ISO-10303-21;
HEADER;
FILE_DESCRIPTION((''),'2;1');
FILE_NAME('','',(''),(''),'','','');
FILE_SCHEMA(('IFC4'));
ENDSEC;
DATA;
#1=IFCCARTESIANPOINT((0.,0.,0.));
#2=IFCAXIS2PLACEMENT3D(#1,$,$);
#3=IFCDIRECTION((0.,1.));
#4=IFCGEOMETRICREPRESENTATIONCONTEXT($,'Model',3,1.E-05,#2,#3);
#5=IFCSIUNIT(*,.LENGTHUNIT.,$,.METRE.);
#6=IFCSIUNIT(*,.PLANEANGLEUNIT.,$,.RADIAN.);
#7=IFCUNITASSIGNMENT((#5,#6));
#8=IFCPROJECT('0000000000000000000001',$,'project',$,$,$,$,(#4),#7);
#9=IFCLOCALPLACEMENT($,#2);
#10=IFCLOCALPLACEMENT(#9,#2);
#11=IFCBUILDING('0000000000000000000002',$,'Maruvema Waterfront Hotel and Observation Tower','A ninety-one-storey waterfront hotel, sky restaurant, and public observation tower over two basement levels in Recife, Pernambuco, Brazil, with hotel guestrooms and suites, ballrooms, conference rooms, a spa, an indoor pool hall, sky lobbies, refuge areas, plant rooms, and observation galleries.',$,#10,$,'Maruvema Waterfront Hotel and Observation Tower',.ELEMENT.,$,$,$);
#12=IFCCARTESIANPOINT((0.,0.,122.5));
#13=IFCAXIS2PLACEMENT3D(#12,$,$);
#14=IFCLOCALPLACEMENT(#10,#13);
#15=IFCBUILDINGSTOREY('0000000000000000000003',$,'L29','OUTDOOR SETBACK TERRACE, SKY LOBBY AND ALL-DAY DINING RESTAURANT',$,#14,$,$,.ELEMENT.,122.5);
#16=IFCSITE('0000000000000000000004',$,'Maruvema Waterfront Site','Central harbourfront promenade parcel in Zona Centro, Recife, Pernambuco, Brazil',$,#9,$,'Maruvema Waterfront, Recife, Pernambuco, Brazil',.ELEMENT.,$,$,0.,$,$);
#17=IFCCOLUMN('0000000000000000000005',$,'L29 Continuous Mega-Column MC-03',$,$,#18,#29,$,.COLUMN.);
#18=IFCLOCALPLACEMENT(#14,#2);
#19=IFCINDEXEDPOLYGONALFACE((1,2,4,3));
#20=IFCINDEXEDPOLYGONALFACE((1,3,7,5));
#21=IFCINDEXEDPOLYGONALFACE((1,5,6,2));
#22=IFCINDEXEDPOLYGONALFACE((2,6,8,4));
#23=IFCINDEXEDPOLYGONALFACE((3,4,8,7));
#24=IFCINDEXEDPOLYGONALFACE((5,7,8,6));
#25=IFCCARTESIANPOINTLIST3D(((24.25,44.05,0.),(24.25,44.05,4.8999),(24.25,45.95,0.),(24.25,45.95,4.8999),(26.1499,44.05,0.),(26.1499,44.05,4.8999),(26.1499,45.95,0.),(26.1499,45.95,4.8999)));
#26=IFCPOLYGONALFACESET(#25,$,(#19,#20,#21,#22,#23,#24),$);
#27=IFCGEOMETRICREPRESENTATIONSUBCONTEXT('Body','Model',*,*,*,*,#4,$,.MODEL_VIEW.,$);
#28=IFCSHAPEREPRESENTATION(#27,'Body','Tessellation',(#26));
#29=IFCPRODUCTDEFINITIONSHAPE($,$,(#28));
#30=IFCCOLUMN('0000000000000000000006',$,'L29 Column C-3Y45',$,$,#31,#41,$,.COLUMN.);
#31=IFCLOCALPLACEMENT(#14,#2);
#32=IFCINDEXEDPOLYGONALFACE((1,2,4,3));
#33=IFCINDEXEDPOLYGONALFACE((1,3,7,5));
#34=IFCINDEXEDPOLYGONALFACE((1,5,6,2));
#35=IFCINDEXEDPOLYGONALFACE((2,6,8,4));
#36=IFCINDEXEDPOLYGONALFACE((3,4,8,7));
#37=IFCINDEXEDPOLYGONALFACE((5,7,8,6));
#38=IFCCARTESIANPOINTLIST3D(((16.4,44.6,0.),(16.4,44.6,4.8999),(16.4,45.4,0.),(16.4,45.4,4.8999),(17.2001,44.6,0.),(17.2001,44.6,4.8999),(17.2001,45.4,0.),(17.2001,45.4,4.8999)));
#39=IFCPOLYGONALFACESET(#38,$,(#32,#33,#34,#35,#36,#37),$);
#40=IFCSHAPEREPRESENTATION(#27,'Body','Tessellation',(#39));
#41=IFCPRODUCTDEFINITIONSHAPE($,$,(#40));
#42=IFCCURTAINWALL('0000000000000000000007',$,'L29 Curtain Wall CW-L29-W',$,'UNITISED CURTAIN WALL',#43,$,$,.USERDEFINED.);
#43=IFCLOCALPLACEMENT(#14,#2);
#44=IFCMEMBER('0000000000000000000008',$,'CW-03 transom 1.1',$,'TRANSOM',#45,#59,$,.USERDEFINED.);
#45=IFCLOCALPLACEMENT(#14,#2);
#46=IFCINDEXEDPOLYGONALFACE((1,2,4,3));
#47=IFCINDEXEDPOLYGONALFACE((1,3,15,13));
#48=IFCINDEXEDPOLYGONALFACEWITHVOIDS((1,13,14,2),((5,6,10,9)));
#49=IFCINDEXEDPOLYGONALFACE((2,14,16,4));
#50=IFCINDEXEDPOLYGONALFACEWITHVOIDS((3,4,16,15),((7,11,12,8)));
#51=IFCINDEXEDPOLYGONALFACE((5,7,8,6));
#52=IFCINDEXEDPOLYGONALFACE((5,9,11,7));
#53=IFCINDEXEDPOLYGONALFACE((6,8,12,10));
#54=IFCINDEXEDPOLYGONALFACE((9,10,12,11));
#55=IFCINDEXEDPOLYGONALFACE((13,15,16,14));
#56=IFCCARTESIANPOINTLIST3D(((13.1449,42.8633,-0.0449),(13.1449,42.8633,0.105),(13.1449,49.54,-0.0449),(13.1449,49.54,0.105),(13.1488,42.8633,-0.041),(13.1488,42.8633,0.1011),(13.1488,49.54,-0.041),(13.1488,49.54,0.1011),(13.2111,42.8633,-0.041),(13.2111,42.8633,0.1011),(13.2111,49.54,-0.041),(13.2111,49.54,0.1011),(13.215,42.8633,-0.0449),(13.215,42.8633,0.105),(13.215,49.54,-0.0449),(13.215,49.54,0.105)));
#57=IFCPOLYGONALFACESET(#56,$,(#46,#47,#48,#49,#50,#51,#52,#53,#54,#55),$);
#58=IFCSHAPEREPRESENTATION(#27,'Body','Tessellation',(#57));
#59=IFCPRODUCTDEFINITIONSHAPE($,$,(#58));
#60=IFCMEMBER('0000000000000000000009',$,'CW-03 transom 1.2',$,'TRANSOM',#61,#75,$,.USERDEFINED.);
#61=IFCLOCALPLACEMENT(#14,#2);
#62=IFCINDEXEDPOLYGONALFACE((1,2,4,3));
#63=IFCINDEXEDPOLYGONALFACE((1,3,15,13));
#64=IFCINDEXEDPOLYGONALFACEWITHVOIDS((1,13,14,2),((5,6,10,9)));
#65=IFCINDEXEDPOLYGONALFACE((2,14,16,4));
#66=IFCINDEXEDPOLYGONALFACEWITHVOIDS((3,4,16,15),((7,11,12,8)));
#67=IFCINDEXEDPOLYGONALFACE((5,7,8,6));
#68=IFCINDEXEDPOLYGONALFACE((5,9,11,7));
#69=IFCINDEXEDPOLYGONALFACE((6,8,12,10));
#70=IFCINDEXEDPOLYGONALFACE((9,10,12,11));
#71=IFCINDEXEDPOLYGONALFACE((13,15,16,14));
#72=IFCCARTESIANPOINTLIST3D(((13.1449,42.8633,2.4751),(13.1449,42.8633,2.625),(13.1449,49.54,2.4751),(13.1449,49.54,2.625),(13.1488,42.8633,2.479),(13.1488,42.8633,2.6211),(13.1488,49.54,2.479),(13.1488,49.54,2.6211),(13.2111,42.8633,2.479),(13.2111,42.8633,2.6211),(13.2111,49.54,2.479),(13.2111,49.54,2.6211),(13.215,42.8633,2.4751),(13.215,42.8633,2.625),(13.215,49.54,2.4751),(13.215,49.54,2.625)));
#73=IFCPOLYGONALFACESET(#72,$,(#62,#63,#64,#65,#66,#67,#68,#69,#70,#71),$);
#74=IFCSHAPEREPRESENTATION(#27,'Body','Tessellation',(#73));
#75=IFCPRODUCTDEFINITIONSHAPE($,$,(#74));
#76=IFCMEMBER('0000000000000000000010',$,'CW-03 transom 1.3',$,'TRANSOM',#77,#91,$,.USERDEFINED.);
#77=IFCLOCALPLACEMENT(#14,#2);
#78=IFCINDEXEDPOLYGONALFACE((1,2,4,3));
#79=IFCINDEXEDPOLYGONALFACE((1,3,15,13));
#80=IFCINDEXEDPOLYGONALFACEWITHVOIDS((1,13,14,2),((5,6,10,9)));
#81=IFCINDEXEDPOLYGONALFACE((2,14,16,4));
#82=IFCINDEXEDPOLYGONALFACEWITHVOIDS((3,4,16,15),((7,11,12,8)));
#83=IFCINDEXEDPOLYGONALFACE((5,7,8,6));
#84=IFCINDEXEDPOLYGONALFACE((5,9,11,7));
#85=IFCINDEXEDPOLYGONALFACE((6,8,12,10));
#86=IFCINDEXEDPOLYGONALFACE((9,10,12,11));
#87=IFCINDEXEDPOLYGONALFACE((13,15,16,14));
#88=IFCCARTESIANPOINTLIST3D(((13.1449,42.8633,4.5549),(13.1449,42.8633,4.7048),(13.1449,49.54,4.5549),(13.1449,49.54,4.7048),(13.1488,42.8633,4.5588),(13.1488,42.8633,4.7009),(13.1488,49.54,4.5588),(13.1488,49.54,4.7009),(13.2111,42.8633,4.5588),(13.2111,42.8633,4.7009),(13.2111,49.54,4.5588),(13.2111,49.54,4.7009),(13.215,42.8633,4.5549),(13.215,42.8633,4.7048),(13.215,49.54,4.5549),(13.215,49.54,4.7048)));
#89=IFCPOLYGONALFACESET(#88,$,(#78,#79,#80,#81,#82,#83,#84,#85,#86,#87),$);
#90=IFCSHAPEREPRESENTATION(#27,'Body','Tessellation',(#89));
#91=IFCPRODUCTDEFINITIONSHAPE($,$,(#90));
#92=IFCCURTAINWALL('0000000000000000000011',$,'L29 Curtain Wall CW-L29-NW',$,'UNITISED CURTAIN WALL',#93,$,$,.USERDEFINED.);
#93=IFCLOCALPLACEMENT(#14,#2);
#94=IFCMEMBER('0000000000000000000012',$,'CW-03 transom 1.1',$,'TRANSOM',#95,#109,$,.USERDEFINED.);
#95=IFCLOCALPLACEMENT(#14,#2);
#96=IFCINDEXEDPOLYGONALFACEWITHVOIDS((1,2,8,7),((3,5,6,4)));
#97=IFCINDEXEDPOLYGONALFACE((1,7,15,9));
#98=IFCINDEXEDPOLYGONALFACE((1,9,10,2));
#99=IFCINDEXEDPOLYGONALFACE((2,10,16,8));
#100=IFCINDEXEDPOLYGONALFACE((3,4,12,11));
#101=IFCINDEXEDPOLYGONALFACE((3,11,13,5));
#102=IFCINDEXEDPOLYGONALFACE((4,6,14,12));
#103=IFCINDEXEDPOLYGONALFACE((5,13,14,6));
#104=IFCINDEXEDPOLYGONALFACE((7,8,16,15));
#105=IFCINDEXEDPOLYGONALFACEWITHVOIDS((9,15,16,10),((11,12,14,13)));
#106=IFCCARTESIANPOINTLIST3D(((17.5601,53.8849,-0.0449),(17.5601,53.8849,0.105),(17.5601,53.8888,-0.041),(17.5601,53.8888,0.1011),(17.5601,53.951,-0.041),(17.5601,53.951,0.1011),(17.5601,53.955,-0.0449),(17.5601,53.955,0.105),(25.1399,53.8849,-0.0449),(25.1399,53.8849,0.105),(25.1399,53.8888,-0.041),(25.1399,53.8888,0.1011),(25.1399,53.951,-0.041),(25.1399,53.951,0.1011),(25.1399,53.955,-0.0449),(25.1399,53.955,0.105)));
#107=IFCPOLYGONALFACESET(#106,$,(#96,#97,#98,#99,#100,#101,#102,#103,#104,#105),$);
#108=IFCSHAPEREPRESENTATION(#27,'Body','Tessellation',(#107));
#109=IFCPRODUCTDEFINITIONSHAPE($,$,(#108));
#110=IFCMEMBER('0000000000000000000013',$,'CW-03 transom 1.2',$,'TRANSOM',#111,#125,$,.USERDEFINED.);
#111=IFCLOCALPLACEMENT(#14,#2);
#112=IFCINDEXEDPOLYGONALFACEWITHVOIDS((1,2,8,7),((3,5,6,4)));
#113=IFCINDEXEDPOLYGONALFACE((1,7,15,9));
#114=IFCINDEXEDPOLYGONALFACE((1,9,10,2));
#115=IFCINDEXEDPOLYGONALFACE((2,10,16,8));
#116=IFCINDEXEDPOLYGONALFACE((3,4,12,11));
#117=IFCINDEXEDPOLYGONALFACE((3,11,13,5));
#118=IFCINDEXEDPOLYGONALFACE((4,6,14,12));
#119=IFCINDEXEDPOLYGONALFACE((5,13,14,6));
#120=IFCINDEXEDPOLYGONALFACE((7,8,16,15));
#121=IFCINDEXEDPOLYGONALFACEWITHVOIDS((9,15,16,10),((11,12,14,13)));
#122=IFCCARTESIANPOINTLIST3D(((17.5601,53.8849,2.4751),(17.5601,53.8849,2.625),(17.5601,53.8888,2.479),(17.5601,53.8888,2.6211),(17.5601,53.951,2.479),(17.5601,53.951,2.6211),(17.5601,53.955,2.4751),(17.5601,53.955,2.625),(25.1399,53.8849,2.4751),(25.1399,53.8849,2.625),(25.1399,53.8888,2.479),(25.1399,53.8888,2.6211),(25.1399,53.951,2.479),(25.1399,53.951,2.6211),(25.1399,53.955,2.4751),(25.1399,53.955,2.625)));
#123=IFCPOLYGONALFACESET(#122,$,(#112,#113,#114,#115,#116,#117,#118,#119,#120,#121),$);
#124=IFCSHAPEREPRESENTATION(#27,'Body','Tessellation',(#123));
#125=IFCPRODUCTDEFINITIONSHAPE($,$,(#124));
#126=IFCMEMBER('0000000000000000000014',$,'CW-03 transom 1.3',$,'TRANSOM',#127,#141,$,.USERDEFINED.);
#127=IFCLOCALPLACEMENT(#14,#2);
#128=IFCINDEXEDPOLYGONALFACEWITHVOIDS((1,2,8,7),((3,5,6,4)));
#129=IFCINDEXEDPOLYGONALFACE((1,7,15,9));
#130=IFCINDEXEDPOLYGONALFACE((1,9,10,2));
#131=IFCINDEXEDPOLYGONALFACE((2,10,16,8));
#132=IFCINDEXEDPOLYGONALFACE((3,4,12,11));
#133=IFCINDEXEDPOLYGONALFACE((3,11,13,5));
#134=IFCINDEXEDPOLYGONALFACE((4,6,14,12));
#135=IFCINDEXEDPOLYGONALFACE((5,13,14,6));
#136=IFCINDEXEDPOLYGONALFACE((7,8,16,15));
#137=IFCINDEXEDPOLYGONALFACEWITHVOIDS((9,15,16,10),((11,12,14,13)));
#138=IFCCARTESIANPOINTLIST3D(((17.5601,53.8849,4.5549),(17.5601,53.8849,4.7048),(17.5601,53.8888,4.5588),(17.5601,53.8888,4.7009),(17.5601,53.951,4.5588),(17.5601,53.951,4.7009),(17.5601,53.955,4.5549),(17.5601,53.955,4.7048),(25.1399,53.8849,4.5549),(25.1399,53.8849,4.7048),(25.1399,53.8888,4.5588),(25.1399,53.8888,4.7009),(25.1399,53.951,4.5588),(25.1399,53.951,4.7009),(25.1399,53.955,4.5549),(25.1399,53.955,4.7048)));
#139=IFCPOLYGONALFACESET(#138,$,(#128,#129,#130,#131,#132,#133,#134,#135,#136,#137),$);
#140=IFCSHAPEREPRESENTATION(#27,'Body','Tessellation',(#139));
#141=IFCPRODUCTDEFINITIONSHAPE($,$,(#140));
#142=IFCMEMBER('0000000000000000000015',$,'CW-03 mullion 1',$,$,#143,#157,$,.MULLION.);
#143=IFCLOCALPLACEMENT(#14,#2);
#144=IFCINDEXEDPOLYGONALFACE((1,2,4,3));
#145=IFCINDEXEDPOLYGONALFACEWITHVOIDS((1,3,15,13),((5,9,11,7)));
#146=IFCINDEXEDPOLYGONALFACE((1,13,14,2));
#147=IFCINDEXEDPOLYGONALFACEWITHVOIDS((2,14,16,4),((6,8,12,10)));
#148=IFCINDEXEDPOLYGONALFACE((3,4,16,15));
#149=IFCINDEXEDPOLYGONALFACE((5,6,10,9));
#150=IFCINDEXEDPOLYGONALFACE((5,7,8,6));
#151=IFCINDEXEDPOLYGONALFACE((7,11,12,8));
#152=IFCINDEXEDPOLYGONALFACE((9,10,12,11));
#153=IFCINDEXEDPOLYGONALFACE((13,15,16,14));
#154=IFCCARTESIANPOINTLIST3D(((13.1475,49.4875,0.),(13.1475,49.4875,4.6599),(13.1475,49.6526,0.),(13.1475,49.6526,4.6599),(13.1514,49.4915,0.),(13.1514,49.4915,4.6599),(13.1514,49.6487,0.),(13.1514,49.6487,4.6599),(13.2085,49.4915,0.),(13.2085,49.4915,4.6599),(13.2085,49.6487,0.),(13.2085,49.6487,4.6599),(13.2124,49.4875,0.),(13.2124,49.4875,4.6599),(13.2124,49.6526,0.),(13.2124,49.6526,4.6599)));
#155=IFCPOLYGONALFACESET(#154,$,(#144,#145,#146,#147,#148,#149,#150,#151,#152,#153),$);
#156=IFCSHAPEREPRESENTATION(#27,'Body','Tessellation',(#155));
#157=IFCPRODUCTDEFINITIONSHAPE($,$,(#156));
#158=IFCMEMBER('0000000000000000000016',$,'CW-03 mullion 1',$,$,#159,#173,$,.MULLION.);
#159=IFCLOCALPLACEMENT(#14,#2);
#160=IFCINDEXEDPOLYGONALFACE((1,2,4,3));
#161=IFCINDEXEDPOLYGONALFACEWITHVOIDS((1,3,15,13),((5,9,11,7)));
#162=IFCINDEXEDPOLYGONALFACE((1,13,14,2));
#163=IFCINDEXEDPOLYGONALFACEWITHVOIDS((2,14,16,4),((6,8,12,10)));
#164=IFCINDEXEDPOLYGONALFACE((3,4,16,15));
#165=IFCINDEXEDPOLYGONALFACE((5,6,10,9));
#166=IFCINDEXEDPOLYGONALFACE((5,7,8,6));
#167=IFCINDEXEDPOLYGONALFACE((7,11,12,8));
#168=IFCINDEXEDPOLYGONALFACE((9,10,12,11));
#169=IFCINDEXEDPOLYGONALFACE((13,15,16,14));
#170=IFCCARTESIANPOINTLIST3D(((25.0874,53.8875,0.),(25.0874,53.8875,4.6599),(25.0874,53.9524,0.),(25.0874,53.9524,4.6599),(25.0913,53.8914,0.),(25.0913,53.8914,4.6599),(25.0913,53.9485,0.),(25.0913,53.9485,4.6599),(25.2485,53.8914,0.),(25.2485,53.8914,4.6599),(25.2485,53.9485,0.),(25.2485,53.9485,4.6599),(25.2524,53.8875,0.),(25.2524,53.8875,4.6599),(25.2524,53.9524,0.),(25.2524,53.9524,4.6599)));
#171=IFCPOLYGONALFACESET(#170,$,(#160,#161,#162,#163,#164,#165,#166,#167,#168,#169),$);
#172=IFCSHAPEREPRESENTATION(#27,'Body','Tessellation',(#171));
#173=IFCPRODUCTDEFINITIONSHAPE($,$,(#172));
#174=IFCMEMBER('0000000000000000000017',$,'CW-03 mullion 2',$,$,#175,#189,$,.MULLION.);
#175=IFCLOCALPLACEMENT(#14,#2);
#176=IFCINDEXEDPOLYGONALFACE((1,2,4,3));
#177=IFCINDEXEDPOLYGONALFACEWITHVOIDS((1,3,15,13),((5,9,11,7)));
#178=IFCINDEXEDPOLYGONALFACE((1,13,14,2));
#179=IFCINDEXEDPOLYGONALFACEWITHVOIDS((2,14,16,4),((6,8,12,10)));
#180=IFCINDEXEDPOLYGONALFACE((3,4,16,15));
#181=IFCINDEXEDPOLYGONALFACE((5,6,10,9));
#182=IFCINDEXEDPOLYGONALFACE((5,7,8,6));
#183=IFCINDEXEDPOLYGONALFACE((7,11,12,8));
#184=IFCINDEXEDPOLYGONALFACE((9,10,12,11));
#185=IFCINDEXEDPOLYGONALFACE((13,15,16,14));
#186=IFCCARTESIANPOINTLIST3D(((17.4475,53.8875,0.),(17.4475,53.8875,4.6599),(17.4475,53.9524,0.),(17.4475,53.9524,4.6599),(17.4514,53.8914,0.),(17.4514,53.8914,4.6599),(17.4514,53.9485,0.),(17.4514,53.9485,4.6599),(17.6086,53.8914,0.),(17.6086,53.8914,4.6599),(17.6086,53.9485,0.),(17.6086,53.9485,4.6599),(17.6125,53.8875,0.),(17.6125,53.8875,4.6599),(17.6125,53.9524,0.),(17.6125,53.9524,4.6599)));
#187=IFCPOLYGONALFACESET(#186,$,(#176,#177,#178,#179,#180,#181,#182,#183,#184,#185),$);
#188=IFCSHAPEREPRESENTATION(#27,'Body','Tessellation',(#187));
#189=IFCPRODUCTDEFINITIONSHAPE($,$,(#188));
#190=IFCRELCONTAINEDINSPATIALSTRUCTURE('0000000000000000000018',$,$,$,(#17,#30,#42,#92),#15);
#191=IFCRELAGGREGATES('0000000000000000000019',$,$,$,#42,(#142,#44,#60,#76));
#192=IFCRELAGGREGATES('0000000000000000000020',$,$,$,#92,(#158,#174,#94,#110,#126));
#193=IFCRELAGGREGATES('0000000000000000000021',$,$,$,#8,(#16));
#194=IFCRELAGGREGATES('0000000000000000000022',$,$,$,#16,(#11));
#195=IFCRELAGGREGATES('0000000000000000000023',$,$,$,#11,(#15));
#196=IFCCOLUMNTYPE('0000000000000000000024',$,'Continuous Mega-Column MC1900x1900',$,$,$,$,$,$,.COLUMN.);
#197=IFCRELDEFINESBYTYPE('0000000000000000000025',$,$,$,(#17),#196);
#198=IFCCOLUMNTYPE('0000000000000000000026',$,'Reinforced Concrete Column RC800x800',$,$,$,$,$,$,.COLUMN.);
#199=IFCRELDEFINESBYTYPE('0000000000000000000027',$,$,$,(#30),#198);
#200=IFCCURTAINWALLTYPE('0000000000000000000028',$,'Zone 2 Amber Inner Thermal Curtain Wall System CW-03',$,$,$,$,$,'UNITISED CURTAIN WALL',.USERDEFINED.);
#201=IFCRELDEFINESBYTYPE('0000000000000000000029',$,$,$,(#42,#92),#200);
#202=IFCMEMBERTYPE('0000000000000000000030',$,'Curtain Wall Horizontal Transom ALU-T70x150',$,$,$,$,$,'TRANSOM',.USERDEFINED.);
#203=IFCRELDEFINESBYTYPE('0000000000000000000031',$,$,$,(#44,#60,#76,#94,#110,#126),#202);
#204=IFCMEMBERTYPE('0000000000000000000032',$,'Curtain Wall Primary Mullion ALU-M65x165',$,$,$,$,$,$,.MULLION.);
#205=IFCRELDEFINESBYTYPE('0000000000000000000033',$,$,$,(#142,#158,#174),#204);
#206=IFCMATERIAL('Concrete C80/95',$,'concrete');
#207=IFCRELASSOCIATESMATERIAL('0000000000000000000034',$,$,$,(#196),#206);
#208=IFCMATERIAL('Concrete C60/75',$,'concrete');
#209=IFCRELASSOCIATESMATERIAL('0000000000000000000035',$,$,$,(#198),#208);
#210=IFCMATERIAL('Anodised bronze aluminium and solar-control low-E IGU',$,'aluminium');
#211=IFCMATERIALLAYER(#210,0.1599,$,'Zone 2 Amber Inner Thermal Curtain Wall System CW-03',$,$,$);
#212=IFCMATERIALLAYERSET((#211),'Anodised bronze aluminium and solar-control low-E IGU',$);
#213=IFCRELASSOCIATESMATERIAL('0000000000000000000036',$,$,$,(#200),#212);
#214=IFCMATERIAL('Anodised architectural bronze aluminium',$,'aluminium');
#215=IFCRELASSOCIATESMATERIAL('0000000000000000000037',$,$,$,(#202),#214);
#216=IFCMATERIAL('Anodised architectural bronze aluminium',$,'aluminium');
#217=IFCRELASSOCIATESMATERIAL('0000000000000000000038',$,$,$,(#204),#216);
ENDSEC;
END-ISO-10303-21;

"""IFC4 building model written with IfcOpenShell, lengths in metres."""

from ifc_helpers import new_model, si_unit, direction, frame, origin, origin_2d, place, context, subcontext, project, spatial, rectangle, hollow_rectangle, extrude, material, layer, layer_set, material_profile, profile_set, type_object, element, aggregate, save


model = new_model("IFC4")

# Units and contexts
model_context = context("Model", 3, precision=1e-05, world=origin(), true_north=direction((0.0, 1.0)))
body_context = subcontext(model_context, "Body", "Model", "MODEL_VIEW")
ifc_project = project(units=[si_unit("LENGTHUNIT", "METRE"), si_unit("PLANEANGLEUNIT", "RADIAN")], contexts=[model_context])

# Site, building, storey
site_placement = place(None, origin())
site = spatial("IfcSite", under=ifc_project, at=site_placement, Name="Maruvema Waterfront Site", Description="Central harbourfront promenade parcel in Zona Centro, Recife, Pernambuco, Brazil", LongName="Maruvema Waterfront, Recife, Pernambuco, Brazil", CompositionType="ELEMENT", RefElevation=0.0)
building_placement = place(site_placement, origin())
building = spatial("IfcBuilding", under=site, at=building_placement, Name="Maruvema Waterfront Hotel and Observation Tower", Description="A ninety-one-storey waterfront hotel, sky restaurant, and public observation tower over two basement levels in Recife, Pernambuco, Brazil, with hotel guestrooms and suites, ballrooms, conference rooms, a spa, an indoor pool hall, sky lobbies, refuge areas, plant rooms, and observation galleries.", LongName="Maruvema Waterfront Hotel and Observation Tower", CompositionType="ELEMENT")
storey_placement = place(building_placement, frame((0.0, 0.0, 122.5)))
storey = spatial("IfcBuildingStorey", under=building, at=storey_placement, Name="L29", Description="OUTDOOR SETBACK TERRACE, SKY LOBBY AND ALL-DAY DINING RESTAURANT", CompositionType="ELEMENT", Elevation=122.5)

# Columns
ifc_material_1 = material(Name="Concrete C80/95", Category="concrete")
ifc_material_profile_1 = material_profile(ifc_material_1, rectangle(XDim=1.8999, YDim=1.8999, at=origin_2d()), Name="MC1900x1900")
ifc_profile_set_1 = profile_set([ifc_material_profile_1], Name="Concrete C80/95")
column_type_1 = type_object("IfcColumnType", Name="Continuous Mega-Column MC1900x1900", PredefinedType="COLUMN", material=ifc_profile_set_1)
column_1_placement = place(storey_placement, frame((25.2, 45.0, 0.0), z_axis=(0.0, 0.0, 1.0), x_axis=(1.0, 0.0, 0.0)))
element("IfcColumn", 1, at=column_1_placement, inside=storey, type_object=column_type_1, Name="L29 Continuous Mega-Column MC-03", PredefinedType="COLUMN", context=body_context, shape_type="SweptSolid", body=[
    extrude(rectangle(XDim=1.8999, YDim=1.8999, at=origin_2d()), origin(), (0.0, 0.0, 1.0), 4.8999),
])
ifc_material_2 = material(Name="Concrete C60/75", Category="concrete")
ifc_material_profile_2 = material_profile(ifc_material_2, rectangle(XDim=0.8, YDim=0.8, at=origin_2d()), Name="RC800x800")
ifc_profile_set_2 = profile_set([ifc_material_profile_2], Name="Concrete C60/75")
column_type_2 = type_object("IfcColumnType", Name="Reinforced Concrete Column RC800x800", PredefinedType="COLUMN", material=ifc_profile_set_2)
column_2_placement = place(storey_placement, frame((16.8, 45.0, 0.0), z_axis=(0.0, 0.0, 1.0), x_axis=(1.0, 0.0, 0.0)))
element("IfcColumn", 2, at=column_2_placement, inside=storey, type_object=column_type_2, Name="L29 Column C-3Y45", PredefinedType="COLUMN", context=body_context, shape_type="SweptSolid", body=[
    extrude(rectangle(XDim=0.8, YDim=0.8, at=origin_2d()), origin(), (0.0, 0.0, 1.0), 4.8999),
])

# Curtain walls, members
ifc_material_3 = material(Name="Anodised bronze aluminium and solar-control low-E IGU", Category="aluminium")
ifc_layer_1 = layer(ifc_material_3, 0.1599, Name="Zone 2 Amber Inner Thermal Curtain Wall System CW-03")
ifc_layer_set_1 = layer_set([ifc_layer_1], Name="Anodised bronze aluminium and solar-control low-E IGU")
curtain_wall_type = type_object("IfcCurtainWallType", Name="Zone 2 Amber Inner Thermal Curtain Wall System CW-03", ElementType="UNITISED CURTAIN WALL", PredefinedType="USERDEFINED", material=ifc_layer_set_1)
curtain_wall_1_placement = place(storey_placement, origin())
curtain_wall_1 = element("IfcCurtainWall", 3, at=curtain_wall_1_placement, inside=storey, type_object=curtain_wall_type, Name="L29 Curtain Wall CW-L29-W", ObjectType="UNITISED CURTAIN WALL", PredefinedType="USERDEFINED")
ifc_material_4 = material(Name="Anodised architectural bronze aluminium", Category="aluminium")
ifc_material_profile_3 = material_profile(ifc_material_4, hollow_rectangle(XDim=0.0701, YDim=0.1499, WallThickness=0.0039, at=origin_2d()), Name="ALU-T70x150")
ifc_profile_set_3 = profile_set([ifc_material_profile_3], Name="Anodised architectural bronze aluminium")
member_type_1 = type_object("IfcMemberType", Name="Curtain Wall Horizontal Transom ALU-T70x150", ElementType="TRANSOM", PredefinedType="USERDEFINED", material=ifc_profile_set_3)
member_1_placement = place(storey_placement, frame((13.1799, 49.54, 0.03), z_axis=(0.0, -1.0, 0.0), x_axis=(1.0, 0.0, 0.0)))
member_1 = element("IfcMember", 4, at=member_1_placement, type_object=member_type_1, Name="CW-03 transom 1.1", ObjectType="TRANSOM", PredefinedType="USERDEFINED", context=body_context, shape_type="SweptSolid", body=[
    extrude(hollow_rectangle(XDim=0.0701, YDim=0.1499, WallThickness=0.0039, at=origin_2d()), origin(), (0.0, 0.0, 1.0), 6.6768),
])
member_2_placement = place(storey_placement, frame((13.1799, 49.54, 2.55), z_axis=(0.0, -1.0, 0.0), x_axis=(1.0, 0.0, 0.0)))
member_2 = element("IfcMember", 5, at=member_2_placement, type_object=member_type_1, Name="CW-03 transom 1.2", ObjectType="TRANSOM", PredefinedType="USERDEFINED", context=body_context, shape_type="SweptSolid", body=[
    extrude(hollow_rectangle(XDim=0.0701, YDim=0.1499, WallThickness=0.0039, at=origin_2d()), origin(), (0.0, 0.0, 1.0), 6.6768),
])
member_3_placement = place(storey_placement, frame((13.1799, 49.54, 4.6299), z_axis=(0.0, -1.0, 0.0), x_axis=(1.0, 0.0, 0.0)))
member_3 = element("IfcMember", 6, at=member_3_placement, type_object=member_type_1, Name="CW-03 transom 1.3", ObjectType="TRANSOM", PredefinedType="USERDEFINED", context=body_context, shape_type="SweptSolid", body=[
    extrude(hollow_rectangle(XDim=0.0701, YDim=0.1499, WallThickness=0.0039, at=origin_2d()), origin(), (0.0, 0.0, 1.0), 6.6768),
])
curtain_wall_2_placement = place(storey_placement, origin())
curtain_wall_2 = element("IfcCurtainWall", 7, at=curtain_wall_2_placement, inside=storey, type_object=curtain_wall_type, Name="L29 Curtain Wall CW-L29-NW", ObjectType="UNITISED CURTAIN WALL", PredefinedType="USERDEFINED")
member_4_placement = place(storey_placement, frame((25.1399, 53.9199, 0.03), z_axis=(-1.0, 0.0, 0.0), x_axis=(0.0, -1.0, 0.0)))
member_4 = element("IfcMember", 8, at=member_4_placement, type_object=member_type_1, Name="CW-03 transom 1.1", ObjectType="TRANSOM", PredefinedType="USERDEFINED", context=body_context, shape_type="SweptSolid", body=[
    extrude(hollow_rectangle(XDim=0.0701, YDim=0.1499, WallThickness=0.0039, at=origin_2d()), origin(), (0.0, 0.0, 1.0), 7.5798),
])
member_5_placement = place(storey_placement, frame((25.1399, 53.9199, 2.55), z_axis=(-1.0, 0.0, 0.0), x_axis=(0.0, -1.0, 0.0)))
member_5 = element("IfcMember", 9, at=member_5_placement, type_object=member_type_1, Name="CW-03 transom 1.2", ObjectType="TRANSOM", PredefinedType="USERDEFINED", context=body_context, shape_type="SweptSolid", body=[
    extrude(hollow_rectangle(XDim=0.0701, YDim=0.1499, WallThickness=0.0039, at=origin_2d()), origin(), (0.0, 0.0, 1.0), 7.5798),
])
member_6_placement = place(storey_placement, frame((25.1399, 53.9199, 4.6299), z_axis=(-1.0, 0.0, 0.0), x_axis=(0.0, -1.0, 0.0)))
member_6 = element("IfcMember", 10, at=member_6_placement, type_object=member_type_1, Name="CW-03 transom 1.3", ObjectType="TRANSOM", PredefinedType="USERDEFINED", context=body_context, shape_type="SweptSolid", body=[
    extrude(hollow_rectangle(XDim=0.0701, YDim=0.1499, WallThickness=0.0039, at=origin_2d()), origin(), (0.0, 0.0, 1.0), 7.5798),
])

# Members
ifc_material_5 = material(Name="Anodised architectural bronze aluminium", Category="aluminium")
ifc_material_profile_4 = material_profile(ifc_material_5, hollow_rectangle(XDim=0.0649, YDim=0.165, WallThickness=0.0039, at=origin_2d()), Name="ALU-M65x165")
ifc_profile_set_4 = profile_set([ifc_material_profile_4], Name="Anodised architectural bronze aluminium")
member_type_2 = type_object("IfcMemberType", Name="Curtain Wall Primary Mullion ALU-M65x165", PredefinedType="MULLION", material=ifc_profile_set_4)
member_7_placement = place(storey_placement, frame((13.1799, 49.5701, 0.0), z_axis=(0.0, 0.0, 1.0), x_axis=(1.0, 0.0, 0.0)))
member_7 = element("IfcMember", 11, at=member_7_placement, type_object=member_type_2, Name="CW-03 mullion 1", PredefinedType="MULLION", context=body_context, shape_type="SweptSolid", body=[
    extrude(hollow_rectangle(XDim=0.0649, YDim=0.165, WallThickness=0.0039, at=origin_2d()), origin(), (0.0, 0.0, 1.0), 4.6599),
])
member_8_placement = place(storey_placement, frame((25.1699, 53.9199, 0.0), z_axis=(0.0, 0.0, 1.0), x_axis=(0.0, -1.0, 0.0)))
member_8 = element("IfcMember", 12, at=member_8_placement, type_object=member_type_2, Name="CW-03 mullion 1", PredefinedType="MULLION", context=body_context, shape_type="SweptSolid", body=[
    extrude(hollow_rectangle(XDim=0.0649, YDim=0.165, WallThickness=0.0039, at=origin_2d()), origin(), (0.0, 0.0, 1.0), 4.6599),
])
member_9_placement = place(storey_placement, frame((17.53, 53.9199, 0.0), z_axis=(0.0, 0.0, 1.0), x_axis=(0.0, -1.0, 0.0)))
member_9 = element("IfcMember", 13, at=member_9_placement, type_object=member_type_2, Name="CW-03 mullion 2", PredefinedType="MULLION", context=body_context, shape_type="SweptSolid", body=[
    extrude(hollow_rectangle(XDim=0.0649, YDim=0.165, WallThickness=0.0039, at=origin_2d()), origin(), (0.0, 0.0, 1.0), 4.6599),
])

aggregate(curtain_wall_1, [member_7, member_1, member_2, member_3])
aggregate(curtain_wall_2, [member_8, member_9, member_4, member_5, member_6])

save(model, "model.ifc")
